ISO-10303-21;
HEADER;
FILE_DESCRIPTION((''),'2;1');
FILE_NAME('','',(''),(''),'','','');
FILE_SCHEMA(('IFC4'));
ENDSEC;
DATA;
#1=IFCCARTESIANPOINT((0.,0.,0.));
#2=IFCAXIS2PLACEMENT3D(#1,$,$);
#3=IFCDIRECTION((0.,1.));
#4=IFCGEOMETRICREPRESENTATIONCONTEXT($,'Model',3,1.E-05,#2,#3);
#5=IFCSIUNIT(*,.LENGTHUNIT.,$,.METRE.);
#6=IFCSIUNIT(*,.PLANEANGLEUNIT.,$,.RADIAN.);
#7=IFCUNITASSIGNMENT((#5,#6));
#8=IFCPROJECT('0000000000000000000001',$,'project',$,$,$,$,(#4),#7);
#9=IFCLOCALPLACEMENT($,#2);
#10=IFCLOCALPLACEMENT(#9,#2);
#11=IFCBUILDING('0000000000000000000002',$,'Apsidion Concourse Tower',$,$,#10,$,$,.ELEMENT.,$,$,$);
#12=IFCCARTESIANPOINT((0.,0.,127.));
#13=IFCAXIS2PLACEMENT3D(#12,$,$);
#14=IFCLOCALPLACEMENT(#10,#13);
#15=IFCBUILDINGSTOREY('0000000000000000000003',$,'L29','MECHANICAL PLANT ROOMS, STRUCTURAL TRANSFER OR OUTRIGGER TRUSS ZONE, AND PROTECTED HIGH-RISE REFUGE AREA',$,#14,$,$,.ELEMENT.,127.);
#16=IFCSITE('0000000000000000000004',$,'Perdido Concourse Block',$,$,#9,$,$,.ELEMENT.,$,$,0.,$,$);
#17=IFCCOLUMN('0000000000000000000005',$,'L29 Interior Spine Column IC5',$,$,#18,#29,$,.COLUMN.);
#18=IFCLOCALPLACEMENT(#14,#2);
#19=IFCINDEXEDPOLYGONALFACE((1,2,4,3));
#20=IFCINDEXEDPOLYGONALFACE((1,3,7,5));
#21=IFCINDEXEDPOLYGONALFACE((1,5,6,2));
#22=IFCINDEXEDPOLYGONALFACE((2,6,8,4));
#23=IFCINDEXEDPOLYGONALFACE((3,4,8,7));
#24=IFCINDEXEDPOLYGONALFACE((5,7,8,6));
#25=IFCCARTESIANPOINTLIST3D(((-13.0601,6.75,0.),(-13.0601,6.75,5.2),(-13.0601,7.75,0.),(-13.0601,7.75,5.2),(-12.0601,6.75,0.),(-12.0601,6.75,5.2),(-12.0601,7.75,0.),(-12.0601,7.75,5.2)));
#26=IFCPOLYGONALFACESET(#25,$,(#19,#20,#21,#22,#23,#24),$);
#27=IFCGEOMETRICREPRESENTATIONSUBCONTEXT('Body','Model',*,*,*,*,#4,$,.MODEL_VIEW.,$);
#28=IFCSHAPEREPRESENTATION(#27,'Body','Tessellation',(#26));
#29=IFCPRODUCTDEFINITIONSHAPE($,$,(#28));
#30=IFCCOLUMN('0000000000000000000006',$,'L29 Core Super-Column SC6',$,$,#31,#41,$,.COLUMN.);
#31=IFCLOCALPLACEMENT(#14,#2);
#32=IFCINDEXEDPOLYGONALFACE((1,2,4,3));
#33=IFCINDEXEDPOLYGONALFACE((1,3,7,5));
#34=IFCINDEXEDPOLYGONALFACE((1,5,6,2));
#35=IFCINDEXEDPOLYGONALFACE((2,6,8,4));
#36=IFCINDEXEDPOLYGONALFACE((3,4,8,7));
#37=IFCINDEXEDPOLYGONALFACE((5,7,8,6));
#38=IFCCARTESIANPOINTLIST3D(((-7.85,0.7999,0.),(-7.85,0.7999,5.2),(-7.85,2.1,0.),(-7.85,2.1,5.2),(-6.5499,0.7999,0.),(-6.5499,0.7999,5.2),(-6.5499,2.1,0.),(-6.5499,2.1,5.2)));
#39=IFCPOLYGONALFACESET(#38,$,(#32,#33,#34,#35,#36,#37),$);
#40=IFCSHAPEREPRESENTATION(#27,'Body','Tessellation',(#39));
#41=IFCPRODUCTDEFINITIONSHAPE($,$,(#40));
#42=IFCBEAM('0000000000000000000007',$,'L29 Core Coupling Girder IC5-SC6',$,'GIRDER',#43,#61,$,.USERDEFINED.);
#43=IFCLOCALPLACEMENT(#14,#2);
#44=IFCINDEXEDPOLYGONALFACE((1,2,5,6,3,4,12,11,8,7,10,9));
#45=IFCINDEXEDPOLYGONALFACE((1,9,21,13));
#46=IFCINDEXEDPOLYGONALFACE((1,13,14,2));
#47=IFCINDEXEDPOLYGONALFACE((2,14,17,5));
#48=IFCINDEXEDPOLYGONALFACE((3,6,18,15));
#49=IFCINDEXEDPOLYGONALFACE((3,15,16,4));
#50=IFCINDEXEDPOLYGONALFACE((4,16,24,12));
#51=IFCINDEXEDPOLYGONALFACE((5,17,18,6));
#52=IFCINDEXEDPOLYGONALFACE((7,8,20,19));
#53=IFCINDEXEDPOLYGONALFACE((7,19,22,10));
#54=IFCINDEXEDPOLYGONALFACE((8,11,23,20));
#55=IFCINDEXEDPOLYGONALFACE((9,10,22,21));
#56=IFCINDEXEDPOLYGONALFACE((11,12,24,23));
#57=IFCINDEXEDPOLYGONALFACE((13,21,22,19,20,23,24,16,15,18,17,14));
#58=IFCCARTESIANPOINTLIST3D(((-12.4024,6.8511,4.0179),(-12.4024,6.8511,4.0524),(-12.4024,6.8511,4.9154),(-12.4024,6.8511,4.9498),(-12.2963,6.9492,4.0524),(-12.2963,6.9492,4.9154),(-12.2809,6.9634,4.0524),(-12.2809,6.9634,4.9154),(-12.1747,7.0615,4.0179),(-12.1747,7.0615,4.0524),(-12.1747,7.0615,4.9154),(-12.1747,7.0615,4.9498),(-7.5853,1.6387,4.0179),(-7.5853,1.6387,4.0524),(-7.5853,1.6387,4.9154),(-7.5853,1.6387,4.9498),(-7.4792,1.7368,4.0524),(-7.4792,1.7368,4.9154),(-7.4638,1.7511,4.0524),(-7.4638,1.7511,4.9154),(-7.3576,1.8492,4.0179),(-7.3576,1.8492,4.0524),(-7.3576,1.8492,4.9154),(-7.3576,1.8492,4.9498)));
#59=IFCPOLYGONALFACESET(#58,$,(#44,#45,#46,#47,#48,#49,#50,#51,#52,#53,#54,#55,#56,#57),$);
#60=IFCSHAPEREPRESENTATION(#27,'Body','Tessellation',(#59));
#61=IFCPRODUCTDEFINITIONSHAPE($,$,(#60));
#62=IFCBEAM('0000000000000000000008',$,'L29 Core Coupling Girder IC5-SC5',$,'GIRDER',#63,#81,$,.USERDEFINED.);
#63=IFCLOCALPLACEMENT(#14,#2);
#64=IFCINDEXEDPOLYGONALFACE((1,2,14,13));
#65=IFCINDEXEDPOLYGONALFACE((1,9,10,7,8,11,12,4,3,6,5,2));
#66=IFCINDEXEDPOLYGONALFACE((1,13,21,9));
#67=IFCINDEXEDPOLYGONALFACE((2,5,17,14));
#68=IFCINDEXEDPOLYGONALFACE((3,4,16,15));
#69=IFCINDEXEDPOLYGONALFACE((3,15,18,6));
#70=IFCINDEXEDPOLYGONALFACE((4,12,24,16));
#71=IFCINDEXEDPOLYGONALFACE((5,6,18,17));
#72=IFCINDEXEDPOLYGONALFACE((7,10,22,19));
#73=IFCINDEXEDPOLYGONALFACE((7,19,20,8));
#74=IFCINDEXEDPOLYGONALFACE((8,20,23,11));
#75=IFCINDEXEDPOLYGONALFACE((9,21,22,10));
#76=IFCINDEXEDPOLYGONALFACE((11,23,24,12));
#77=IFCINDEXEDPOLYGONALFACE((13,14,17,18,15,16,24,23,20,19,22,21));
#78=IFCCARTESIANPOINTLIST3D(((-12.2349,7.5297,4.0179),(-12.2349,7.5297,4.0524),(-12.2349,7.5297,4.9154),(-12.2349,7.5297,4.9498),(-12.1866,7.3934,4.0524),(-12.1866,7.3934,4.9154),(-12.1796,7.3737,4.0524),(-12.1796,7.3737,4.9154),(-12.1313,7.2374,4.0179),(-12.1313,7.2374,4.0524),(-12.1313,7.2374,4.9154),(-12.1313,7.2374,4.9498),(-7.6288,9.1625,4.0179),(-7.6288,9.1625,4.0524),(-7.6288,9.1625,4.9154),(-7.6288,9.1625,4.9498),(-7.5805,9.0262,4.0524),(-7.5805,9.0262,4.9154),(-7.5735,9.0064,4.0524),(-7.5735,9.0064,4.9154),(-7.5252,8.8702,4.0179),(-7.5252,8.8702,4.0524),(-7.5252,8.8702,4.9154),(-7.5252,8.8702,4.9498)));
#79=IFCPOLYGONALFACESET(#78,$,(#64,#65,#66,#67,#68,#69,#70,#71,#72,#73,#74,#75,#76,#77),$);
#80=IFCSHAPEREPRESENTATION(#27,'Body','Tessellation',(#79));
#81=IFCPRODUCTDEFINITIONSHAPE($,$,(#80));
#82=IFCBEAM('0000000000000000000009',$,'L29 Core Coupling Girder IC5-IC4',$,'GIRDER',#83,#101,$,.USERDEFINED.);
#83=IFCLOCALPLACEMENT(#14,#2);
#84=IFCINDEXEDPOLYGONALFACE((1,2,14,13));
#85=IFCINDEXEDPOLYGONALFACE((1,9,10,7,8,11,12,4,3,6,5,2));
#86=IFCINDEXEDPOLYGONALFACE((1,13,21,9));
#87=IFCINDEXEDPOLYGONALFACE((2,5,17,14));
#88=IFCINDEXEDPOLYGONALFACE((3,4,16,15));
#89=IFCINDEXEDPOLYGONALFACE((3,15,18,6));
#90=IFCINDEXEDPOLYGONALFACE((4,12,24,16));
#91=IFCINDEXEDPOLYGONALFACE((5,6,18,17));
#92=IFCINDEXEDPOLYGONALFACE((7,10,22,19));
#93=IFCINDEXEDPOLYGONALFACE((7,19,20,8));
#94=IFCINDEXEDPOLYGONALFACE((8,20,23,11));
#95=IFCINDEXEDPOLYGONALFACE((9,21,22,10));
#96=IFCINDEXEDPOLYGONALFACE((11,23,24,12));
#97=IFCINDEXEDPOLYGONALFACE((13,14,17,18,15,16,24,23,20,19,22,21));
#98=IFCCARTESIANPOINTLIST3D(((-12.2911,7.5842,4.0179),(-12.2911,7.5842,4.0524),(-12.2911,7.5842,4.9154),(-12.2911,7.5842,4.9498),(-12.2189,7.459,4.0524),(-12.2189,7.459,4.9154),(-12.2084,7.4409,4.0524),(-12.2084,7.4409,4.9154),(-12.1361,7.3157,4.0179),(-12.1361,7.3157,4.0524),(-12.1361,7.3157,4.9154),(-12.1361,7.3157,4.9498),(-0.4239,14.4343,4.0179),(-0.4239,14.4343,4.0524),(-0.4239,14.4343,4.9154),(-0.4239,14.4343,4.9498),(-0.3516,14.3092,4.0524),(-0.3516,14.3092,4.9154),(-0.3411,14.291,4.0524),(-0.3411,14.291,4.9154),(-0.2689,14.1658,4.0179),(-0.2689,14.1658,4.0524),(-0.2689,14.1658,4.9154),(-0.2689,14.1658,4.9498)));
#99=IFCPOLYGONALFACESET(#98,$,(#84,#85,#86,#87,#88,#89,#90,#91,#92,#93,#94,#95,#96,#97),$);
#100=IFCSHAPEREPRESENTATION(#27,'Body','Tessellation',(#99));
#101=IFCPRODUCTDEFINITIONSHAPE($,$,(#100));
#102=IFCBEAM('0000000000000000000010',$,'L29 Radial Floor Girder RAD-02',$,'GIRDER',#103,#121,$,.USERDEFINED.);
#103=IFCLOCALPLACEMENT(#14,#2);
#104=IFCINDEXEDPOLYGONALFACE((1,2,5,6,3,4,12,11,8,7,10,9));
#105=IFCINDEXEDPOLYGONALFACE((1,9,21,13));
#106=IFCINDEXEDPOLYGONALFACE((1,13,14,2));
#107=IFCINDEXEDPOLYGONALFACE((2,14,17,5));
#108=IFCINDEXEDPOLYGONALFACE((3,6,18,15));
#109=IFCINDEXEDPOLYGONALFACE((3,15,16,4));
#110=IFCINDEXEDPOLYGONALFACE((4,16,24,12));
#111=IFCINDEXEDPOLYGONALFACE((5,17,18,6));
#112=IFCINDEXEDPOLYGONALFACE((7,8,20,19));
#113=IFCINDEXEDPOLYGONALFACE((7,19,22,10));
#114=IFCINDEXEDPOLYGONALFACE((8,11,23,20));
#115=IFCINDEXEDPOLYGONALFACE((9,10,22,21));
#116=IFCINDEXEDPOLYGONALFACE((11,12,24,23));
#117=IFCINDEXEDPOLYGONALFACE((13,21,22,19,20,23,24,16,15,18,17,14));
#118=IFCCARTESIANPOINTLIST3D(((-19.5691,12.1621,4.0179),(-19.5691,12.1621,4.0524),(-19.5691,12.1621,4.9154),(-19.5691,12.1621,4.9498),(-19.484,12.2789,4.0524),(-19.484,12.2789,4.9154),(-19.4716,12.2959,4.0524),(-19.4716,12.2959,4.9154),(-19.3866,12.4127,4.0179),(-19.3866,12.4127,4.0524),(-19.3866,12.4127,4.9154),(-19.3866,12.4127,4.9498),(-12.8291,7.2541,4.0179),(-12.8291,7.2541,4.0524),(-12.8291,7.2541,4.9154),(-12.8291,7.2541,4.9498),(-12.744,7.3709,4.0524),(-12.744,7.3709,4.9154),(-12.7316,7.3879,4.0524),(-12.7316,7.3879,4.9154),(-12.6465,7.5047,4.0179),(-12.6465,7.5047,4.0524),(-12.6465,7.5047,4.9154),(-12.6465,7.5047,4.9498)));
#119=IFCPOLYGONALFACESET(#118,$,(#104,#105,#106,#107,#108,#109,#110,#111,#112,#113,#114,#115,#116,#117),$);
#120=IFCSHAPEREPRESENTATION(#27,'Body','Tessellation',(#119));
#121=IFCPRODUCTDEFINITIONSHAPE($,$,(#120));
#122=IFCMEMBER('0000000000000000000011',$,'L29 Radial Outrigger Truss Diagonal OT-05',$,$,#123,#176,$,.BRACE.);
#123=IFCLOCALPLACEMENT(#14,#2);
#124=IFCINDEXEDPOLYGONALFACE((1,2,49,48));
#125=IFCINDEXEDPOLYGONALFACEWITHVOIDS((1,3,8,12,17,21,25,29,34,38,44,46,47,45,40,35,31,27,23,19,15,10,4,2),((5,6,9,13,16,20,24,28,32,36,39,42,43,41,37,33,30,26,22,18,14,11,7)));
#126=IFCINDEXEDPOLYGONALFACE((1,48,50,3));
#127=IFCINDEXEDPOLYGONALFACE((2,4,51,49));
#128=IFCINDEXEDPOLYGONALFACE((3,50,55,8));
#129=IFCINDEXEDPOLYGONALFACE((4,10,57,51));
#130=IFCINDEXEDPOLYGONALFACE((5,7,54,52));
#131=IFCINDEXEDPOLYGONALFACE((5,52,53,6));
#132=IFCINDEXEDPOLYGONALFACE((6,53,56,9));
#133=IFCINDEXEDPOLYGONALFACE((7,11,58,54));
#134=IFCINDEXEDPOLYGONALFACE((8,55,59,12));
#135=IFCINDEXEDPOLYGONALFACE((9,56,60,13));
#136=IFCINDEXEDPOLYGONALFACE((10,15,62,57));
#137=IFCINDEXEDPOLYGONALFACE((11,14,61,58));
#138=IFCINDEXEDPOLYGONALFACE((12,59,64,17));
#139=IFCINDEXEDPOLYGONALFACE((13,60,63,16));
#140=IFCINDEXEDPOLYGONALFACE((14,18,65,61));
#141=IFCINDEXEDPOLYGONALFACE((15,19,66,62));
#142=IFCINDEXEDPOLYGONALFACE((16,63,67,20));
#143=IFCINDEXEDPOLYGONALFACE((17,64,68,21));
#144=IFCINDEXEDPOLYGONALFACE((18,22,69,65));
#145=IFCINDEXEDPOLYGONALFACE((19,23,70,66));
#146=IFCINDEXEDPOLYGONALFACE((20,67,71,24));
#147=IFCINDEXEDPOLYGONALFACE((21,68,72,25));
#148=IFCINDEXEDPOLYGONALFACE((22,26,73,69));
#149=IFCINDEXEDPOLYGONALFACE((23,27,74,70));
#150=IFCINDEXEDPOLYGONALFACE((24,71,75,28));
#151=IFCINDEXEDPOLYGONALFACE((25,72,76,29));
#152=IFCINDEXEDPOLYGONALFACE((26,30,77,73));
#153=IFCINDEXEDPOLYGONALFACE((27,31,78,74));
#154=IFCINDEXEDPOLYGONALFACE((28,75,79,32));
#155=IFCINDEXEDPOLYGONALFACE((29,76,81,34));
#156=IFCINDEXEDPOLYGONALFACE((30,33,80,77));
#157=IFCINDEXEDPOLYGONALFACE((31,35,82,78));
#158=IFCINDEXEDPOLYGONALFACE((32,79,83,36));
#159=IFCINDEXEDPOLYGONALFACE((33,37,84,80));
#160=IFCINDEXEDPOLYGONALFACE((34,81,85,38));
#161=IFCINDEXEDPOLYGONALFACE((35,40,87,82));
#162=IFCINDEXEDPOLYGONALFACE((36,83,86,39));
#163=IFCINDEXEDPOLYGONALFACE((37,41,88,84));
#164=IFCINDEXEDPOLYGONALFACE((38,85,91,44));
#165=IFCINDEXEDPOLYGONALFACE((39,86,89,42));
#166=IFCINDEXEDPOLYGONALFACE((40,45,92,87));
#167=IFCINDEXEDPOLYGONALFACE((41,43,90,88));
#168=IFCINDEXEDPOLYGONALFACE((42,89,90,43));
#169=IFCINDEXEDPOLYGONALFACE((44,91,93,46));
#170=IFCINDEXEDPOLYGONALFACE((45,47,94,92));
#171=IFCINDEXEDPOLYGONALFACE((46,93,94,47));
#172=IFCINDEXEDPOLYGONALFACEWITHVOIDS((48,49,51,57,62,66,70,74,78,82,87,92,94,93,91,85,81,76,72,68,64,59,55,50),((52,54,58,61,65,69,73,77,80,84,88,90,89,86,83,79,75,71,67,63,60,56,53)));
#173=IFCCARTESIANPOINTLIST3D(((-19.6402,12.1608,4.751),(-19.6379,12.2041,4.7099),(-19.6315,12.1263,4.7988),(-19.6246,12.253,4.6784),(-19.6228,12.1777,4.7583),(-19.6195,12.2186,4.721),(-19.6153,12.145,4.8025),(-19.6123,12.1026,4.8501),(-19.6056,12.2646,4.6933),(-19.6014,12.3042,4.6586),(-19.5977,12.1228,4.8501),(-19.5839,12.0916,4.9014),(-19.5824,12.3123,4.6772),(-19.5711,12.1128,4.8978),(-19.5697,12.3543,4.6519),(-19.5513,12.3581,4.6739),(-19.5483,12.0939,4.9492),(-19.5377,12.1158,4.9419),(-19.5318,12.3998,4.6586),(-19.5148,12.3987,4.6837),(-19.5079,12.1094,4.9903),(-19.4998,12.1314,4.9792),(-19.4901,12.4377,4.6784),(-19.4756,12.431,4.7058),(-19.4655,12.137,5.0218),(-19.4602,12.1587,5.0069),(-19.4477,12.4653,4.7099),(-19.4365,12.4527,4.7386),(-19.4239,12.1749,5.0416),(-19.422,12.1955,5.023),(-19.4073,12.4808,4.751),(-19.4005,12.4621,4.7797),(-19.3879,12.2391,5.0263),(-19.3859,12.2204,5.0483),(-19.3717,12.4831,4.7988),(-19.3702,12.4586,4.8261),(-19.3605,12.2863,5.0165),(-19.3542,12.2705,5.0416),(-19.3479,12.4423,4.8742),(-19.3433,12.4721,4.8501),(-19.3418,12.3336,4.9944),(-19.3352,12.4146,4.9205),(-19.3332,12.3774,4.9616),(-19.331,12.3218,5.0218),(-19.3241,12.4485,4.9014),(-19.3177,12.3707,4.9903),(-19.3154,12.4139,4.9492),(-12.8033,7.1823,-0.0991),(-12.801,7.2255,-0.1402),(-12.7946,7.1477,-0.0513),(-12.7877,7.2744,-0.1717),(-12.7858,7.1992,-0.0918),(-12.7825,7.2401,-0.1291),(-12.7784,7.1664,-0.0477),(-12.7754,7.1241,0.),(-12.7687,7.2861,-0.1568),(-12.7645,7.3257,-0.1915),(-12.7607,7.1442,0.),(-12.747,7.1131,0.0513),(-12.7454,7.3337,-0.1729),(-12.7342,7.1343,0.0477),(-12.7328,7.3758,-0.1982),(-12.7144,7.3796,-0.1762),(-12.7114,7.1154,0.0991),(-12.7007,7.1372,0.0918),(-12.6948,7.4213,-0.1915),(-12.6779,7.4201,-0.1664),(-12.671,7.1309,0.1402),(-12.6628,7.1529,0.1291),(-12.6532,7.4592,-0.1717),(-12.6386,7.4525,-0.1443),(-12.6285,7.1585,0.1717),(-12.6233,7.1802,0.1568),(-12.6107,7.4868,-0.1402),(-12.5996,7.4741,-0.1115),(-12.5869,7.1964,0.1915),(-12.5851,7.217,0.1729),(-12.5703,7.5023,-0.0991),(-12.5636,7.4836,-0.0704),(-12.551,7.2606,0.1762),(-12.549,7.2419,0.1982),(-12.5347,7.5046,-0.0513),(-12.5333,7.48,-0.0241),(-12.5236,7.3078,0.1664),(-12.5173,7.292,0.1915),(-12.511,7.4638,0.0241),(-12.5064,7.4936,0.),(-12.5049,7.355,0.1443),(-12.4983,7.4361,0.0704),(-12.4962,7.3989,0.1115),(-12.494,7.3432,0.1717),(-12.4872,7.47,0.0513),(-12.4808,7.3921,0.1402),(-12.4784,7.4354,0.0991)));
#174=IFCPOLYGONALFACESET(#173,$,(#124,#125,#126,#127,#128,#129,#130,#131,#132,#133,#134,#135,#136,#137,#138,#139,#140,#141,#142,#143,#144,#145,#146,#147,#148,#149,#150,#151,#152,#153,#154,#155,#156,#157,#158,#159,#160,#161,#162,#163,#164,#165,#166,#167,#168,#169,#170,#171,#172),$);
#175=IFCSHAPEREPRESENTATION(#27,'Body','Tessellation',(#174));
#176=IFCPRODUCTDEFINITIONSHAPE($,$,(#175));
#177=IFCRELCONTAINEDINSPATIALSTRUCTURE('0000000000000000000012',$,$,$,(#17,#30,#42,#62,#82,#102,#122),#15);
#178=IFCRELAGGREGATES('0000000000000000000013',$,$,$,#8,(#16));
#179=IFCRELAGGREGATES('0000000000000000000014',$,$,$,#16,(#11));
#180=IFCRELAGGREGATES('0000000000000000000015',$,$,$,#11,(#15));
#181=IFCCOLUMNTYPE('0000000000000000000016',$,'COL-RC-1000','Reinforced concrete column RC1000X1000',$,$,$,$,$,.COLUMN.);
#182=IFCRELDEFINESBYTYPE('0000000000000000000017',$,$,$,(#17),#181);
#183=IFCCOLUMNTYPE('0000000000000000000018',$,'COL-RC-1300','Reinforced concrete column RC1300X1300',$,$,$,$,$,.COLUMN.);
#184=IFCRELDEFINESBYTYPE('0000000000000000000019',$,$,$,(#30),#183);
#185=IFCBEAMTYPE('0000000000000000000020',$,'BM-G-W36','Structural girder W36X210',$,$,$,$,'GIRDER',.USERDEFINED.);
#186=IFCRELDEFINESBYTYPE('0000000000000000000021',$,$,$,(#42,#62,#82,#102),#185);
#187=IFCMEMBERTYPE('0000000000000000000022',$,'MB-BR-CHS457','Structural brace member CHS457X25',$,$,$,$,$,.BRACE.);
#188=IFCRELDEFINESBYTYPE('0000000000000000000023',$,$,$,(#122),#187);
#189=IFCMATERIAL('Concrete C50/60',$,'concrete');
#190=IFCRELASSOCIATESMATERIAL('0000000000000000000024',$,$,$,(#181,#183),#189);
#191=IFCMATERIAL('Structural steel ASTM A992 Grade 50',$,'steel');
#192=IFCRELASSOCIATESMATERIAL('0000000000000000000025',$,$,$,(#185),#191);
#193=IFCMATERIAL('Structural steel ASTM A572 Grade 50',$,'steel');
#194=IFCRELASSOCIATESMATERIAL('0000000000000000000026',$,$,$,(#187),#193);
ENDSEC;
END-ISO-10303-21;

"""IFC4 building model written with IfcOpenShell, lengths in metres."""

from ifc_helpers import new_model, si_unit, direction, frame, origin, origin_2d, place, context, subcontext, project, spatial, rectangle, hollow_circle, i_section, extrude, material, material_profile, profile_set, type_object, element, save


model = new_model("IFC4")

# Units and contexts
model_context = context("Model", 3, precision=1e-05, world=origin(), true_north=direction((0.0, 1.0)))
body_context = subcontext(model_context, "Body", "Model", "MODEL_VIEW")
ifc_project = project(units=[si_unit("LENGTHUNIT", "METRE"), si_unit("PLANEANGLEUNIT", "RADIAN")], contexts=[model_context])

# Site, building, storey
site_placement = place(None, origin())
site = spatial("IfcSite", under=ifc_project, at=site_placement, Name="Perdido Concourse Block", CompositionType="ELEMENT", RefElevation=0.0)
building_placement = place(site_placement, origin())
building = spatial("IfcBuilding", under=site, at=building_placement, Name="Apsidion Concourse Tower", CompositionType="ELEMENT")
storey_placement = place(building_placement, frame((0.0, 0.0, 127.0)))
storey = spatial("IfcBuildingStorey", under=building, at=storey_placement, Name="L29", Description="MECHANICAL PLANT ROOMS, STRUCTURAL TRANSFER OR OUTRIGGER TRUSS ZONE, AND PROTECTED HIGH-RISE REFUGE AREA", CompositionType="ELEMENT", Elevation=127.0)

# Columns
ifc_material_1 = material(Name="Concrete C50/60", Category="concrete")
ifc_material_profile_1 = material_profile(ifc_material_1, rectangle(XDim=1.0, YDim=1.0, at=origin_2d()), Name="RC 1000x1000")
ifc_profile_set_1 = profile_set([ifc_material_profile_1], Name="Concrete C50/60")
column_type_1 = type_object("IfcColumnType", Name="COL-RC-1000", Description="Reinforced concrete column RC1000X1000", PredefinedType="COLUMN", material=ifc_profile_set_1)
column_1_placement = place(storey_placement, frame((-12.5601, 7.25, 0.0), z_axis=(0.0, 0.0, 1.0), x_axis=(1.0, 0.0, 0.0)))
element("IfcColumn", 1, at=column_1_placement, inside=storey, type_object=column_type_1, Name="L29 Interior Spine Column IC5", PredefinedType="COLUMN", context=body_context, shape_type="SweptSolid", body=[
    extrude(rectangle(XDim=1.0, YDim=1.0, at=origin_2d()), origin(), (0.0, 0.0, 1.0), 5.2),
])
ifc_material_profile_2 = material_profile(ifc_material_1, rectangle(XDim=1.3, YDim=1.3, at=origin_2d()), Name="RC 1300x1300")
ifc_profile_set_2 = profile_set([ifc_material_profile_2], Name="Concrete C50/60")
column_type_2 = type_object("IfcColumnType", Name="COL-RC-1300", Description="Reinforced concrete column RC1300X1300", PredefinedType="COLUMN", material=ifc_profile_set_2)
column_2_placement = place(storey_placement, frame((-7.2, 1.45, 0.0), z_axis=(0.0, 0.0, 1.0), x_axis=(1.0, 0.0, 0.0)))
element("IfcColumn", 2, at=column_2_placement, inside=storey, type_object=column_type_2, Name="L29 Core Super-Column SC6", PredefinedType="COLUMN", context=body_context, shape_type="SweptSolid", body=[
    extrude(rectangle(XDim=1.3, YDim=1.3, at=origin_2d()), origin(), (0.0, 0.0, 1.0), 5.2),
])

# Beams
ifc_material_2 = material(Name="Structural steel ASTM A992 Grade 50", Category="steel")
ifc_material_profile_3 = material_profile(ifc_material_2, i_section(OverallWidth=0.3101, OverallDepth=0.9319, WebThickness=0.021, FlangeThickness=0.0344, at=origin_2d()), Name="W36X210")
ifc_profile_set_3 = profile_set([ifc_material_profile_3], Name="Structural steel ASTM A992 Grade 50")
beam_type = type_object("IfcBeamType", Name="BM-G-W36", Description="Structural girder W36X210", ElementType="GIRDER", PredefinedType="USERDEFINED", material=ifc_profile_set_3)
beam_1_placement = place(storey_placement, frame((-12.2886, 6.9563, 4.4839), z_axis=(0.678713, -0.734404, 0.0), x_axis=(0.734404, 0.678713, 0.0)))
element("IfcBeam", 3, at=beam_1_placement, inside=storey, type_object=beam_type, Name="L29 Core Coupling Girder IC5-SC6", ObjectType="GIRDER", PredefinedType="USERDEFINED", context=body_context, shape_type="SweptSolid", body=[
    extrude(i_section(OverallWidth=0.3101, OverallDepth=0.9319, WebThickness=0.021, FlangeThickness=0.0344, at=origin_2d()), origin(), (0.0, 0.0, 1.0), 7.0974),
])
beam_2_placement = place(storey_placement, frame((-12.1831, 7.3835, 4.4839), z_axis=(0.942534, 0.334111, 0.0), x_axis=(-0.334111, 0.942534, 0.0)))
element("IfcBeam", 4, at=beam_2_placement, inside=storey, type_object=beam_type, Name="L29 Core Coupling Girder IC5-SC5", ObjectType="GIRDER", PredefinedType="USERDEFINED", context=body_context, shape_type="SweptSolid", body=[
    extrude(i_section(OverallWidth=0.3101, OverallDepth=0.9319, WebThickness=0.021, FlangeThickness=0.0344, at=origin_2d()), origin(), (0.0, 0.0, 1.0), 4.887),
])
beam_3_placement = place(storey_placement, frame((-12.2136, 7.45, 4.4839), z_axis=(0.86607, 0.499922, 0.0), x_axis=(-0.499922, 0.86607, 0.0)))
element("IfcBeam", 5, at=beam_3_placement, inside=storey, type_object=beam_type, Name="L29 Core Coupling Girder IC5-IC4", ObjectType="GIRDER", PredefinedType="USERDEFINED", context=body_context, shape_type="SweptSolid", body=[
    extrude(i_section(OverallWidth=0.3101, OverallDepth=0.9319, WebThickness=0.021, FlangeThickness=0.0344, at=origin_2d()), origin(), (0.0, 0.0, 1.0), 13.7024),
])
beam_4_placement = place(storey_placement, frame((-12.7378, 7.3794, 4.4839), z_axis=(-0.808385, 0.588654, 0.0), x_axis=(-0.588654, -0.808385, 0.0)))
element("IfcBeam", 6, at=beam_4_placement, inside=storey, type_object=beam_type, Name="L29 Radial Floor Girder RAD-02", ObjectType="GIRDER", PredefinedType="USERDEFINED", context=body_context, shape_type="SweptSolid", body=[
    extrude(i_section(OverallWidth=0.3101, OverallDepth=0.9319, WebThickness=0.021, FlangeThickness=0.0344, at=origin_2d()), origin(), (0.0, 0.0, 1.0), 8.3376),
])

# Member
ifc_material_3 = material(Name="Structural steel ASTM A572 Grade 50", Category="steel")
ifc_material_profile_4 = material_profile(ifc_material_3, hollow_circle(Radius=0.2285, WallThickness=0.0249, at=origin_2d()), Name="CHS457X25")
ifc_profile_set_4 = profile_set([ifc_material_profile_4], Name="Structural steel ASTM A572 Grade 50")
member_type_1 = type_object("IfcMemberType", Name="MB-BR-CHS457", Description="Structural brace member CHS457X25", PredefinedType="BRACE", material=ifc_profile_set_4)
member_1_placement = place(storey_placement, frame((-12.6409, 7.3088, 0.0), z_axis=(-0.701259, 0.510644, 0.497472), x_axis=(-0.588652, -0.808386, 0.0)))
element("IfcMember", 7, at=member_1_placement, inside=storey, type_object=member_type_1, Name="L29 Radial Outrigger Truss Diagonal OT-05", PredefinedType="BRACE", context=body_context, shape_type="SweptSolid", body=[
    extrude(hollow_circle(Radius=0.2285, WallThickness=0.0249, at=origin_2d()), origin(), (0.0, 0.0, 1.0), 9.7495),
])

save(model, "model.ifc")
